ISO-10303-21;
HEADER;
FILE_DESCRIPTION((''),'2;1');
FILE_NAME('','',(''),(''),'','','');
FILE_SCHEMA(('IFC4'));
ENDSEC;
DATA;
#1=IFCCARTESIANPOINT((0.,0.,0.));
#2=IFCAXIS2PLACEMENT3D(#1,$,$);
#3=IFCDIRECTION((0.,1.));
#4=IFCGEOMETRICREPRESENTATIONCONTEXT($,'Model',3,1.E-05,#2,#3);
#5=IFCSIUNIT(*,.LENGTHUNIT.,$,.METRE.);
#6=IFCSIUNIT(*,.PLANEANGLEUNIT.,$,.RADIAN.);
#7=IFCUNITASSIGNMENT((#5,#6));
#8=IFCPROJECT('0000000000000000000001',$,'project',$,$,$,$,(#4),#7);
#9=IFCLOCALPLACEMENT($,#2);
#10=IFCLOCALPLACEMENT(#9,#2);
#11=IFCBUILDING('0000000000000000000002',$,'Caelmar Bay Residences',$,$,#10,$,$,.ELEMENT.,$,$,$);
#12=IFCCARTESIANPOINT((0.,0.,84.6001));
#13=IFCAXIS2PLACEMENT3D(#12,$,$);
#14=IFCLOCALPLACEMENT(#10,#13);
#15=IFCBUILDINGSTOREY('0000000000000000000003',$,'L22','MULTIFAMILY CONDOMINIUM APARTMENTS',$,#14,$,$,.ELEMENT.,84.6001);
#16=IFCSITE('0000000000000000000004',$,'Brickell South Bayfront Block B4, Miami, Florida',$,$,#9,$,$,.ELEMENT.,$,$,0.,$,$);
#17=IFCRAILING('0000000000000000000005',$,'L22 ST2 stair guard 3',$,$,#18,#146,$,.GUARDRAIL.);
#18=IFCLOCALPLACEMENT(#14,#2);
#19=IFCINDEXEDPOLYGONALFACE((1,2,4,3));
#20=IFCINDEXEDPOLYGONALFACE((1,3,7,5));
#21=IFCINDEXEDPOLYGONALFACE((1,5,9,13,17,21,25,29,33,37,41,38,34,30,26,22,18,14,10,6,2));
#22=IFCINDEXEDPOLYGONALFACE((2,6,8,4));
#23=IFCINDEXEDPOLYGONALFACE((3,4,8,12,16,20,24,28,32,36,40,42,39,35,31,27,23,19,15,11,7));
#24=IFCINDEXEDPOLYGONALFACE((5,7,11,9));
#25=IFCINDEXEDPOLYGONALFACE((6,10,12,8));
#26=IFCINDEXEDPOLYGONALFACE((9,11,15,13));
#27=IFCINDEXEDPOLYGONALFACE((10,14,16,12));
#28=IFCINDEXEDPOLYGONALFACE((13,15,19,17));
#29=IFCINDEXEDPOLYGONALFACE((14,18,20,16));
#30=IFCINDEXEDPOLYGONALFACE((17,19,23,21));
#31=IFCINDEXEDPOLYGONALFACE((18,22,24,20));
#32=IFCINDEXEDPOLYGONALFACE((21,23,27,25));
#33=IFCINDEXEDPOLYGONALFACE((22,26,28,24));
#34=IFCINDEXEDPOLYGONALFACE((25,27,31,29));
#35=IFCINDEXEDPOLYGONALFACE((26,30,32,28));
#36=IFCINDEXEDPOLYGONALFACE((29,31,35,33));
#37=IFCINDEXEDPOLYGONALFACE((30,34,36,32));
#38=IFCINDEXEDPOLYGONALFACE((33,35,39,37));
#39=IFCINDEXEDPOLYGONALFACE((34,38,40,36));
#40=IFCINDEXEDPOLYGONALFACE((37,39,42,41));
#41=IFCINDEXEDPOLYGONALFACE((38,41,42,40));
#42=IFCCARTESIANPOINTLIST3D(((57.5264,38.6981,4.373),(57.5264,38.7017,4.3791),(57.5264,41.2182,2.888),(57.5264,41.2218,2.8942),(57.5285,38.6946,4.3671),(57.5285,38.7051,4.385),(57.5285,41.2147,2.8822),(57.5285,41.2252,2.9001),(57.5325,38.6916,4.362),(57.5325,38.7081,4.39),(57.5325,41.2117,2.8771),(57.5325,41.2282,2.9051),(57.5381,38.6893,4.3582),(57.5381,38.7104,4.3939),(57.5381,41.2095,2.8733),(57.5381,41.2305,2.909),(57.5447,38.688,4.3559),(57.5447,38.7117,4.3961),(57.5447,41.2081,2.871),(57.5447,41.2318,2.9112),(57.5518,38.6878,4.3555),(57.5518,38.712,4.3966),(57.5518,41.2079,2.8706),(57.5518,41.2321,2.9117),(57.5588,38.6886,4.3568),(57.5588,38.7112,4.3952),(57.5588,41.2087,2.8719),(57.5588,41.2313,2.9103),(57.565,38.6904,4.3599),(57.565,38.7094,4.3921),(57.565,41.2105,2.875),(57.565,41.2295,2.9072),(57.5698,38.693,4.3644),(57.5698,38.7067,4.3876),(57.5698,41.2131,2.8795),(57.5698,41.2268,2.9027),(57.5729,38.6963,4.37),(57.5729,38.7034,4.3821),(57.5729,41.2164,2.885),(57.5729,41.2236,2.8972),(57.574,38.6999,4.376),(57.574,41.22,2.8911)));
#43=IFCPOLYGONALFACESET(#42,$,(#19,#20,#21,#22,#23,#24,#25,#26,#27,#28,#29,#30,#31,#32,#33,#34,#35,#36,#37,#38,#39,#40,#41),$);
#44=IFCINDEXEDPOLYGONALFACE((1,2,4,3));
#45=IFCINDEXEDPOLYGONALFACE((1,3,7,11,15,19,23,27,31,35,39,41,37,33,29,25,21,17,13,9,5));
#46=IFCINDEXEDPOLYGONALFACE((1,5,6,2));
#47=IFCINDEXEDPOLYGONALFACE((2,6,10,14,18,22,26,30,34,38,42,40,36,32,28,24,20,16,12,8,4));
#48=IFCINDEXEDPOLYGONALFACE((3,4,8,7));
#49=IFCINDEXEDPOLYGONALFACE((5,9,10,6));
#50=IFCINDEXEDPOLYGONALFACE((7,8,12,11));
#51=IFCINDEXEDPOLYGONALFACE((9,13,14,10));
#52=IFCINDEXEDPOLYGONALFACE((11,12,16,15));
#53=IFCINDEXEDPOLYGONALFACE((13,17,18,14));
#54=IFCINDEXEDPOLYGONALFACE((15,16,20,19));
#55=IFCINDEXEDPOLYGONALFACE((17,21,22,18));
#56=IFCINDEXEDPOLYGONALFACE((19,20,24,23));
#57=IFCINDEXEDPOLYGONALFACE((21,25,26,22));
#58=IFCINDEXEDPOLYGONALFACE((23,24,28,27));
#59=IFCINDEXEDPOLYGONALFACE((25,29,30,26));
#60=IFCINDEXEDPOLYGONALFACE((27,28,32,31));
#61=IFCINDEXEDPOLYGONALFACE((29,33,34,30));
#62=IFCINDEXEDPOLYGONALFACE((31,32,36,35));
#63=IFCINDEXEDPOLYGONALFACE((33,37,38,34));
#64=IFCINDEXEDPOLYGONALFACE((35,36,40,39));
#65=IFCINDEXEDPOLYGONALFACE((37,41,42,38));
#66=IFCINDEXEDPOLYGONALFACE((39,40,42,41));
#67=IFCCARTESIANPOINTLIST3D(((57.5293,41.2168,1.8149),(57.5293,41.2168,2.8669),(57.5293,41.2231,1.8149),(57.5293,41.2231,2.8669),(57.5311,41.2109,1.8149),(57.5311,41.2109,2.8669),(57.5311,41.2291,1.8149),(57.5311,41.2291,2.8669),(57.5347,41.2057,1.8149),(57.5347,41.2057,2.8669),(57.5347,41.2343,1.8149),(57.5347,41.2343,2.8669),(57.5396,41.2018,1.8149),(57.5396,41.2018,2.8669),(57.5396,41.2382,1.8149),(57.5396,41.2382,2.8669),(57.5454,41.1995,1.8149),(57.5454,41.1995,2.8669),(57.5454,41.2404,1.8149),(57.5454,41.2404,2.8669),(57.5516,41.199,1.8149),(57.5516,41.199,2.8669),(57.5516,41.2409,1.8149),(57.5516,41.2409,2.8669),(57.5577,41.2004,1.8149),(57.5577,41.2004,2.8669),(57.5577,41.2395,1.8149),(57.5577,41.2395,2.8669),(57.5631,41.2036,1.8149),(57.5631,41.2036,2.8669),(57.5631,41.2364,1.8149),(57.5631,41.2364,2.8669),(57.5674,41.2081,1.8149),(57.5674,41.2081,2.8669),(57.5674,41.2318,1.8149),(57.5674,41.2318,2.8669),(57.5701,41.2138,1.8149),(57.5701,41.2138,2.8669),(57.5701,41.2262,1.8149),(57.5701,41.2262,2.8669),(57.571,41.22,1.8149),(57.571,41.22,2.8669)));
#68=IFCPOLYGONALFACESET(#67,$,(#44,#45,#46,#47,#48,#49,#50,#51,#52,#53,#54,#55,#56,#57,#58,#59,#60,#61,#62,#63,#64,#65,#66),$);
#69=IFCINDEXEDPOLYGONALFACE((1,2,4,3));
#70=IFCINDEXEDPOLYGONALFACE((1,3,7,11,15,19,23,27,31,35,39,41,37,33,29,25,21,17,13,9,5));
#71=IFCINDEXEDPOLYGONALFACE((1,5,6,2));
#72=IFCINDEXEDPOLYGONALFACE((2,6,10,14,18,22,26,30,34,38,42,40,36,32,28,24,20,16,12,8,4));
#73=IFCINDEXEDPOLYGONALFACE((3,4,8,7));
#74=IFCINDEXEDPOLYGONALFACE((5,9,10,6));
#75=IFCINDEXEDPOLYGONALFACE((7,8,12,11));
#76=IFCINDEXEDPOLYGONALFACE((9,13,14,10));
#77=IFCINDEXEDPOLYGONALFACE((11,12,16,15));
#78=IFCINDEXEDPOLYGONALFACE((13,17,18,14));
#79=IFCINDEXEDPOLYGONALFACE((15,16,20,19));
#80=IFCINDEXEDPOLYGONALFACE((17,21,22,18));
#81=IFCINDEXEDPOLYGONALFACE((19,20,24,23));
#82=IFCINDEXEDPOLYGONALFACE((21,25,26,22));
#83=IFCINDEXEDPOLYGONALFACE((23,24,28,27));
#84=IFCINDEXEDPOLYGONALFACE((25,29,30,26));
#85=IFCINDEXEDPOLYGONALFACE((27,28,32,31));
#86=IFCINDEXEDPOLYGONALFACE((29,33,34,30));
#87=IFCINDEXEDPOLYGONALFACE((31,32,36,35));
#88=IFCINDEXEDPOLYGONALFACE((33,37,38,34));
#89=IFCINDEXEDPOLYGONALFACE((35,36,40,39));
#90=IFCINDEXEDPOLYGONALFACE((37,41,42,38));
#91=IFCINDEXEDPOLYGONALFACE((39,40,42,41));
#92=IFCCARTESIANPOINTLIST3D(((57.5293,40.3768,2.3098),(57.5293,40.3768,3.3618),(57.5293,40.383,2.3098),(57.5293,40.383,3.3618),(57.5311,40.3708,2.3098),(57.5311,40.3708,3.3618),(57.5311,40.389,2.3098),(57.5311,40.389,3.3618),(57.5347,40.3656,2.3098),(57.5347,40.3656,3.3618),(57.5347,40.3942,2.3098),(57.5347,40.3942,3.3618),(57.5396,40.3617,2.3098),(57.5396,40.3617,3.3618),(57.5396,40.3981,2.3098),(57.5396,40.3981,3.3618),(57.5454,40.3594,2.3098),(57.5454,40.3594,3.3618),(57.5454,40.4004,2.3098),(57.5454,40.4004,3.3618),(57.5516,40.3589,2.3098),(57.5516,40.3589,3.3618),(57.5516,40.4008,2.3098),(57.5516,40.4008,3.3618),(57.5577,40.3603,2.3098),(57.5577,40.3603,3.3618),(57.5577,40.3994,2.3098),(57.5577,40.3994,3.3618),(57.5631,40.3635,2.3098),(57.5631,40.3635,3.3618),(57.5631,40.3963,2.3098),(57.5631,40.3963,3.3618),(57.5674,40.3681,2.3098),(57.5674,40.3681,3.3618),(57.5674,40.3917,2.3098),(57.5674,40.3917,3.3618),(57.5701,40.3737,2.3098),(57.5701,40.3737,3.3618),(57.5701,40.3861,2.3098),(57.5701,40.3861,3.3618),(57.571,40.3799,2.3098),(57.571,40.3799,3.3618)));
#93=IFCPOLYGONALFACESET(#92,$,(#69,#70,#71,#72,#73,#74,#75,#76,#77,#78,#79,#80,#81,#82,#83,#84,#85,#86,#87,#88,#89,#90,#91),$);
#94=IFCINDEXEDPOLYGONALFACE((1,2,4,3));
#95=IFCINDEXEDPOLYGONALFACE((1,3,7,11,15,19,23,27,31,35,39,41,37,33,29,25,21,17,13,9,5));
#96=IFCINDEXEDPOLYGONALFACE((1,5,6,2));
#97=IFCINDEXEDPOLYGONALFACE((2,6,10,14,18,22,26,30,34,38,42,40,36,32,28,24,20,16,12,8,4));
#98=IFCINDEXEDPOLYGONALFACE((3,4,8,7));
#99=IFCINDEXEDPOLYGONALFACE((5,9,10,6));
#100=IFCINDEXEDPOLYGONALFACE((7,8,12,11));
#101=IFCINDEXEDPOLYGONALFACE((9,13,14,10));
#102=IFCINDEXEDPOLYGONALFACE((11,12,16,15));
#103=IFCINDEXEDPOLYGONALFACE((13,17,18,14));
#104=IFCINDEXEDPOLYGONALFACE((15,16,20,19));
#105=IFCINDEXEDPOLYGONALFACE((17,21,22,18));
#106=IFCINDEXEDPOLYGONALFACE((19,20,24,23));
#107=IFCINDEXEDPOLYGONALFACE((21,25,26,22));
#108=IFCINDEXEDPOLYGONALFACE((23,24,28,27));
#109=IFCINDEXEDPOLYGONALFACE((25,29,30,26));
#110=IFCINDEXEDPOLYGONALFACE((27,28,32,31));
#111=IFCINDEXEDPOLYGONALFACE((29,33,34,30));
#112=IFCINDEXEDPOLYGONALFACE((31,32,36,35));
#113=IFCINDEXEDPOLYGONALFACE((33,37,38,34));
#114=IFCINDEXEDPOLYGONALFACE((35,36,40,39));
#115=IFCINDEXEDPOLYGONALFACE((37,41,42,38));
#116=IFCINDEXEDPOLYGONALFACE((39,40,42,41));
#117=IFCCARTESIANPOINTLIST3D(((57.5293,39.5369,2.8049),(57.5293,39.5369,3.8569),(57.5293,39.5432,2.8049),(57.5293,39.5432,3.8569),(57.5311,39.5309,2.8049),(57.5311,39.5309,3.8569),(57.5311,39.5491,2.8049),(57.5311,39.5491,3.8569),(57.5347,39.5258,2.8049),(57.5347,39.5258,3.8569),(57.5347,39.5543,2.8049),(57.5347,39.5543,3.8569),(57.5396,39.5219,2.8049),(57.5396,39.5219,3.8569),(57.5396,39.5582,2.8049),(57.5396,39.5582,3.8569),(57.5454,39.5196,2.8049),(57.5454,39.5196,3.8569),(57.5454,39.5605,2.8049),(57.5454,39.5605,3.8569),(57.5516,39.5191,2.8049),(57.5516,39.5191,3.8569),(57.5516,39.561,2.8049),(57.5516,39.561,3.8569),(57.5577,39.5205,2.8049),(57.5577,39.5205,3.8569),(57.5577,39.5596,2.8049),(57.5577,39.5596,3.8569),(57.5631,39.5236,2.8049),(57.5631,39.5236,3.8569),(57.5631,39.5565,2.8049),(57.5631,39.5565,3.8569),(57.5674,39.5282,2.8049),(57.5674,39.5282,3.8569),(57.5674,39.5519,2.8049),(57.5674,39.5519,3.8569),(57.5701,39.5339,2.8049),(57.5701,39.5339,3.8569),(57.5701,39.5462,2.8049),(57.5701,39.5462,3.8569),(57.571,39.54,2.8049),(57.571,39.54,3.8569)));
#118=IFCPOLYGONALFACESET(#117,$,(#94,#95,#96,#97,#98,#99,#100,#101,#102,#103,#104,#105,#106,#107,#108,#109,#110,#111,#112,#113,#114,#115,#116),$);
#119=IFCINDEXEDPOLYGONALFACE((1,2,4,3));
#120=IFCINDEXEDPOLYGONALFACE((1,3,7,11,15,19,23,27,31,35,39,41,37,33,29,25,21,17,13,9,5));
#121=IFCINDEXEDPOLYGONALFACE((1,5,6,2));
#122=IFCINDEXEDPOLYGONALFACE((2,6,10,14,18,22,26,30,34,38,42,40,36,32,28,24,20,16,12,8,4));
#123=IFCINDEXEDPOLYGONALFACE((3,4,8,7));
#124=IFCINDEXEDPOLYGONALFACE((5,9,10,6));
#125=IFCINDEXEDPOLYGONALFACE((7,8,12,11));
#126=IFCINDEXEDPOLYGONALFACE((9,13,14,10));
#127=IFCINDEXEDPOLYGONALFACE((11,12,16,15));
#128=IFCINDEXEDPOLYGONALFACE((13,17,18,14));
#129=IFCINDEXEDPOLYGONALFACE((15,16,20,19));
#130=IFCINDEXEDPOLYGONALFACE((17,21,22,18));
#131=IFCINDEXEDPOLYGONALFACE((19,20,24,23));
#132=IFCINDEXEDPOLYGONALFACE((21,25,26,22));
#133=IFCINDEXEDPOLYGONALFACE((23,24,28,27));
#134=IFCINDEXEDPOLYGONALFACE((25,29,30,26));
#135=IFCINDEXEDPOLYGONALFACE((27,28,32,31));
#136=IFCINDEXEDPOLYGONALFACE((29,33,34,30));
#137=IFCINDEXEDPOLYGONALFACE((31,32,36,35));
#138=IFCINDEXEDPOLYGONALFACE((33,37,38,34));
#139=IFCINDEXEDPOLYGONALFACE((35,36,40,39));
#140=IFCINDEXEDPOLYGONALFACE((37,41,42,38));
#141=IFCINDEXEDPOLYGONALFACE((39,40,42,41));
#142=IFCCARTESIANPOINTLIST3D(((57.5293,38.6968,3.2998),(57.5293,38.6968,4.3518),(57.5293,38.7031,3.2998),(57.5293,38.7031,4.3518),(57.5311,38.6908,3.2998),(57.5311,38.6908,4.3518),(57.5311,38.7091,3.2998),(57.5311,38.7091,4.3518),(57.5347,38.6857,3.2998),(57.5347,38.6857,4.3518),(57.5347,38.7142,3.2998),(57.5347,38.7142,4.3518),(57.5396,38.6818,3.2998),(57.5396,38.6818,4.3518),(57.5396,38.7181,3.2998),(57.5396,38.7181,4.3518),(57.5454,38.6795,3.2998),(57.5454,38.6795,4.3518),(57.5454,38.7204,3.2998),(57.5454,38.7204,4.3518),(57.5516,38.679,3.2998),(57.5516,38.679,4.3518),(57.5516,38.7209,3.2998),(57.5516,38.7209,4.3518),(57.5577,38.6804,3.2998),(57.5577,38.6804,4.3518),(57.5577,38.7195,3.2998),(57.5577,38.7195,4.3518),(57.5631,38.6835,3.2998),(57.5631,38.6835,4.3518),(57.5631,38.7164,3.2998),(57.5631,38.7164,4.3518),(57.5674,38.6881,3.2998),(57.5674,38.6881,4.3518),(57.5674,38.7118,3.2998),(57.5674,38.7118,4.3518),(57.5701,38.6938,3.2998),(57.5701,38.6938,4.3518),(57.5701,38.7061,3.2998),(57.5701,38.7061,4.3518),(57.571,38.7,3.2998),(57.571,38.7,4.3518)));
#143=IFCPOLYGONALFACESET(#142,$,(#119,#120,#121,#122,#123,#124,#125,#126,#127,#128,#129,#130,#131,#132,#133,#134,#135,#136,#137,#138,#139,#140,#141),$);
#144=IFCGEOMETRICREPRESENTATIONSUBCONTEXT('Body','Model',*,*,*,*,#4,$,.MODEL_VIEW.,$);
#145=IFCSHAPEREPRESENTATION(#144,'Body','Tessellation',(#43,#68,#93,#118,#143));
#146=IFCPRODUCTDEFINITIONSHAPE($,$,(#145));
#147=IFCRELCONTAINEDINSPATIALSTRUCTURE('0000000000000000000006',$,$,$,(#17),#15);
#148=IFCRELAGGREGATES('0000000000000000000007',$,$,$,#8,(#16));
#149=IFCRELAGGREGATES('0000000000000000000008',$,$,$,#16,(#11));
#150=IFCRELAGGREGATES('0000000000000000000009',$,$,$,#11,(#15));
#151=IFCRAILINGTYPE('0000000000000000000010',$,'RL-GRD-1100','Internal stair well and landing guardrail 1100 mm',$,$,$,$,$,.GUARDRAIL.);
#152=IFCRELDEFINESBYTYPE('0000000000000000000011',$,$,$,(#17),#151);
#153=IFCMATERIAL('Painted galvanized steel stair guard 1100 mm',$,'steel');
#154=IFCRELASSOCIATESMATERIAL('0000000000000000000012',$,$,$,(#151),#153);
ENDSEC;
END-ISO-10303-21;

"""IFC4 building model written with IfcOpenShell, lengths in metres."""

from ifc_helpers import new_model, si_unit, direction, frame, origin, origin_2d, place, context, subcontext, project, spatial, circle, extrude, material, type_object, element, save


model = new_model("IFC4")

# Units and contexts
model_context = context("Model", 3, precision=1e-05, world=origin(), true_north=direction((0.0, 1.0)))
body_context = subcontext(model_context, "Body", "Model", "MODEL_VIEW")
ifc_project = project(units=[si_unit("LENGTHUNIT", "METRE"), si_unit("PLANEANGLEUNIT", "RADIAN")], contexts=[model_context])

# Site, building, storey
site_placement = place(None, origin())
site = spatial("IfcSite", under=ifc_project, at=site_placement, Name="Brickell South Bayfront Block B4, Miami, Florida", CompositionType="ELEMENT", RefElevation=0.0)
building_placement = place(site_placement, origin())
building = spatial("IfcBuilding", under=site, at=building_placement, Name="Caelmar Bay Residences", CompositionType="ELEMENT")
storey_placement = place(building_placement, frame((0.0, 0.0, 84.6001)))
storey = spatial("IfcBuildingStorey", under=building, at=storey_placement, Name="L22", Description="MULTIFAMILY CONDOMINIUM APARTMENTS", CompositionType="ELEMENT", Elevation=84.6001)

# Railing
ifc_material_1 = material(Name="Painted galvanized steel stair guard 1100 mm", Category="steel")
railing_type_1 = type_object("IfcRailingType", Name="RL-GRD-1100", Description="Internal stair well and landing guardrail 1100 mm", PredefinedType="GUARDRAIL", material=ifc_material_1)
railing_1_placement = place(storey_placement, frame((57.55, 41.22, 1.8149)))
element("IfcRailing", 1, at=railing_1_placement, inside=storey, type_object=railing_type_1, Name="L22 ST2 stair guard 3", PredefinedType="GUARDRAIL", context=body_context, shape_type="SweptSolid", body=[
    extrude(circle(Radius=0.0239, at=origin_2d()), frame((0.0, 0.0, 1.0762), z_axis=(0.0, -0.861561, 0.507655), x_axis=(1.0, 0.0, 0.0)), (0.0, 0.0, 1.0), 2.925),
    extrude(circle(Radius=0.021, at=origin_2d()), origin(), (0.0, 0.0, 1.0), 1.052),
    extrude(circle(Radius=0.021, at=origin_2d()), frame((0.0, -0.8401, 0.4949)), (0.0, 0.0, 1.0), 1.052),
    extrude(circle(Radius=0.021, at=origin_2d()), frame((0.0, -1.6799, 0.99)), (0.0, 0.0, 1.0), 1.052),
    extrude(circle(Radius=0.021, at=origin_2d()), frame((0.0, -2.52, 1.4849)), (0.0, 0.0, 1.0), 1.052),
])

save(model, "model.ifc")
